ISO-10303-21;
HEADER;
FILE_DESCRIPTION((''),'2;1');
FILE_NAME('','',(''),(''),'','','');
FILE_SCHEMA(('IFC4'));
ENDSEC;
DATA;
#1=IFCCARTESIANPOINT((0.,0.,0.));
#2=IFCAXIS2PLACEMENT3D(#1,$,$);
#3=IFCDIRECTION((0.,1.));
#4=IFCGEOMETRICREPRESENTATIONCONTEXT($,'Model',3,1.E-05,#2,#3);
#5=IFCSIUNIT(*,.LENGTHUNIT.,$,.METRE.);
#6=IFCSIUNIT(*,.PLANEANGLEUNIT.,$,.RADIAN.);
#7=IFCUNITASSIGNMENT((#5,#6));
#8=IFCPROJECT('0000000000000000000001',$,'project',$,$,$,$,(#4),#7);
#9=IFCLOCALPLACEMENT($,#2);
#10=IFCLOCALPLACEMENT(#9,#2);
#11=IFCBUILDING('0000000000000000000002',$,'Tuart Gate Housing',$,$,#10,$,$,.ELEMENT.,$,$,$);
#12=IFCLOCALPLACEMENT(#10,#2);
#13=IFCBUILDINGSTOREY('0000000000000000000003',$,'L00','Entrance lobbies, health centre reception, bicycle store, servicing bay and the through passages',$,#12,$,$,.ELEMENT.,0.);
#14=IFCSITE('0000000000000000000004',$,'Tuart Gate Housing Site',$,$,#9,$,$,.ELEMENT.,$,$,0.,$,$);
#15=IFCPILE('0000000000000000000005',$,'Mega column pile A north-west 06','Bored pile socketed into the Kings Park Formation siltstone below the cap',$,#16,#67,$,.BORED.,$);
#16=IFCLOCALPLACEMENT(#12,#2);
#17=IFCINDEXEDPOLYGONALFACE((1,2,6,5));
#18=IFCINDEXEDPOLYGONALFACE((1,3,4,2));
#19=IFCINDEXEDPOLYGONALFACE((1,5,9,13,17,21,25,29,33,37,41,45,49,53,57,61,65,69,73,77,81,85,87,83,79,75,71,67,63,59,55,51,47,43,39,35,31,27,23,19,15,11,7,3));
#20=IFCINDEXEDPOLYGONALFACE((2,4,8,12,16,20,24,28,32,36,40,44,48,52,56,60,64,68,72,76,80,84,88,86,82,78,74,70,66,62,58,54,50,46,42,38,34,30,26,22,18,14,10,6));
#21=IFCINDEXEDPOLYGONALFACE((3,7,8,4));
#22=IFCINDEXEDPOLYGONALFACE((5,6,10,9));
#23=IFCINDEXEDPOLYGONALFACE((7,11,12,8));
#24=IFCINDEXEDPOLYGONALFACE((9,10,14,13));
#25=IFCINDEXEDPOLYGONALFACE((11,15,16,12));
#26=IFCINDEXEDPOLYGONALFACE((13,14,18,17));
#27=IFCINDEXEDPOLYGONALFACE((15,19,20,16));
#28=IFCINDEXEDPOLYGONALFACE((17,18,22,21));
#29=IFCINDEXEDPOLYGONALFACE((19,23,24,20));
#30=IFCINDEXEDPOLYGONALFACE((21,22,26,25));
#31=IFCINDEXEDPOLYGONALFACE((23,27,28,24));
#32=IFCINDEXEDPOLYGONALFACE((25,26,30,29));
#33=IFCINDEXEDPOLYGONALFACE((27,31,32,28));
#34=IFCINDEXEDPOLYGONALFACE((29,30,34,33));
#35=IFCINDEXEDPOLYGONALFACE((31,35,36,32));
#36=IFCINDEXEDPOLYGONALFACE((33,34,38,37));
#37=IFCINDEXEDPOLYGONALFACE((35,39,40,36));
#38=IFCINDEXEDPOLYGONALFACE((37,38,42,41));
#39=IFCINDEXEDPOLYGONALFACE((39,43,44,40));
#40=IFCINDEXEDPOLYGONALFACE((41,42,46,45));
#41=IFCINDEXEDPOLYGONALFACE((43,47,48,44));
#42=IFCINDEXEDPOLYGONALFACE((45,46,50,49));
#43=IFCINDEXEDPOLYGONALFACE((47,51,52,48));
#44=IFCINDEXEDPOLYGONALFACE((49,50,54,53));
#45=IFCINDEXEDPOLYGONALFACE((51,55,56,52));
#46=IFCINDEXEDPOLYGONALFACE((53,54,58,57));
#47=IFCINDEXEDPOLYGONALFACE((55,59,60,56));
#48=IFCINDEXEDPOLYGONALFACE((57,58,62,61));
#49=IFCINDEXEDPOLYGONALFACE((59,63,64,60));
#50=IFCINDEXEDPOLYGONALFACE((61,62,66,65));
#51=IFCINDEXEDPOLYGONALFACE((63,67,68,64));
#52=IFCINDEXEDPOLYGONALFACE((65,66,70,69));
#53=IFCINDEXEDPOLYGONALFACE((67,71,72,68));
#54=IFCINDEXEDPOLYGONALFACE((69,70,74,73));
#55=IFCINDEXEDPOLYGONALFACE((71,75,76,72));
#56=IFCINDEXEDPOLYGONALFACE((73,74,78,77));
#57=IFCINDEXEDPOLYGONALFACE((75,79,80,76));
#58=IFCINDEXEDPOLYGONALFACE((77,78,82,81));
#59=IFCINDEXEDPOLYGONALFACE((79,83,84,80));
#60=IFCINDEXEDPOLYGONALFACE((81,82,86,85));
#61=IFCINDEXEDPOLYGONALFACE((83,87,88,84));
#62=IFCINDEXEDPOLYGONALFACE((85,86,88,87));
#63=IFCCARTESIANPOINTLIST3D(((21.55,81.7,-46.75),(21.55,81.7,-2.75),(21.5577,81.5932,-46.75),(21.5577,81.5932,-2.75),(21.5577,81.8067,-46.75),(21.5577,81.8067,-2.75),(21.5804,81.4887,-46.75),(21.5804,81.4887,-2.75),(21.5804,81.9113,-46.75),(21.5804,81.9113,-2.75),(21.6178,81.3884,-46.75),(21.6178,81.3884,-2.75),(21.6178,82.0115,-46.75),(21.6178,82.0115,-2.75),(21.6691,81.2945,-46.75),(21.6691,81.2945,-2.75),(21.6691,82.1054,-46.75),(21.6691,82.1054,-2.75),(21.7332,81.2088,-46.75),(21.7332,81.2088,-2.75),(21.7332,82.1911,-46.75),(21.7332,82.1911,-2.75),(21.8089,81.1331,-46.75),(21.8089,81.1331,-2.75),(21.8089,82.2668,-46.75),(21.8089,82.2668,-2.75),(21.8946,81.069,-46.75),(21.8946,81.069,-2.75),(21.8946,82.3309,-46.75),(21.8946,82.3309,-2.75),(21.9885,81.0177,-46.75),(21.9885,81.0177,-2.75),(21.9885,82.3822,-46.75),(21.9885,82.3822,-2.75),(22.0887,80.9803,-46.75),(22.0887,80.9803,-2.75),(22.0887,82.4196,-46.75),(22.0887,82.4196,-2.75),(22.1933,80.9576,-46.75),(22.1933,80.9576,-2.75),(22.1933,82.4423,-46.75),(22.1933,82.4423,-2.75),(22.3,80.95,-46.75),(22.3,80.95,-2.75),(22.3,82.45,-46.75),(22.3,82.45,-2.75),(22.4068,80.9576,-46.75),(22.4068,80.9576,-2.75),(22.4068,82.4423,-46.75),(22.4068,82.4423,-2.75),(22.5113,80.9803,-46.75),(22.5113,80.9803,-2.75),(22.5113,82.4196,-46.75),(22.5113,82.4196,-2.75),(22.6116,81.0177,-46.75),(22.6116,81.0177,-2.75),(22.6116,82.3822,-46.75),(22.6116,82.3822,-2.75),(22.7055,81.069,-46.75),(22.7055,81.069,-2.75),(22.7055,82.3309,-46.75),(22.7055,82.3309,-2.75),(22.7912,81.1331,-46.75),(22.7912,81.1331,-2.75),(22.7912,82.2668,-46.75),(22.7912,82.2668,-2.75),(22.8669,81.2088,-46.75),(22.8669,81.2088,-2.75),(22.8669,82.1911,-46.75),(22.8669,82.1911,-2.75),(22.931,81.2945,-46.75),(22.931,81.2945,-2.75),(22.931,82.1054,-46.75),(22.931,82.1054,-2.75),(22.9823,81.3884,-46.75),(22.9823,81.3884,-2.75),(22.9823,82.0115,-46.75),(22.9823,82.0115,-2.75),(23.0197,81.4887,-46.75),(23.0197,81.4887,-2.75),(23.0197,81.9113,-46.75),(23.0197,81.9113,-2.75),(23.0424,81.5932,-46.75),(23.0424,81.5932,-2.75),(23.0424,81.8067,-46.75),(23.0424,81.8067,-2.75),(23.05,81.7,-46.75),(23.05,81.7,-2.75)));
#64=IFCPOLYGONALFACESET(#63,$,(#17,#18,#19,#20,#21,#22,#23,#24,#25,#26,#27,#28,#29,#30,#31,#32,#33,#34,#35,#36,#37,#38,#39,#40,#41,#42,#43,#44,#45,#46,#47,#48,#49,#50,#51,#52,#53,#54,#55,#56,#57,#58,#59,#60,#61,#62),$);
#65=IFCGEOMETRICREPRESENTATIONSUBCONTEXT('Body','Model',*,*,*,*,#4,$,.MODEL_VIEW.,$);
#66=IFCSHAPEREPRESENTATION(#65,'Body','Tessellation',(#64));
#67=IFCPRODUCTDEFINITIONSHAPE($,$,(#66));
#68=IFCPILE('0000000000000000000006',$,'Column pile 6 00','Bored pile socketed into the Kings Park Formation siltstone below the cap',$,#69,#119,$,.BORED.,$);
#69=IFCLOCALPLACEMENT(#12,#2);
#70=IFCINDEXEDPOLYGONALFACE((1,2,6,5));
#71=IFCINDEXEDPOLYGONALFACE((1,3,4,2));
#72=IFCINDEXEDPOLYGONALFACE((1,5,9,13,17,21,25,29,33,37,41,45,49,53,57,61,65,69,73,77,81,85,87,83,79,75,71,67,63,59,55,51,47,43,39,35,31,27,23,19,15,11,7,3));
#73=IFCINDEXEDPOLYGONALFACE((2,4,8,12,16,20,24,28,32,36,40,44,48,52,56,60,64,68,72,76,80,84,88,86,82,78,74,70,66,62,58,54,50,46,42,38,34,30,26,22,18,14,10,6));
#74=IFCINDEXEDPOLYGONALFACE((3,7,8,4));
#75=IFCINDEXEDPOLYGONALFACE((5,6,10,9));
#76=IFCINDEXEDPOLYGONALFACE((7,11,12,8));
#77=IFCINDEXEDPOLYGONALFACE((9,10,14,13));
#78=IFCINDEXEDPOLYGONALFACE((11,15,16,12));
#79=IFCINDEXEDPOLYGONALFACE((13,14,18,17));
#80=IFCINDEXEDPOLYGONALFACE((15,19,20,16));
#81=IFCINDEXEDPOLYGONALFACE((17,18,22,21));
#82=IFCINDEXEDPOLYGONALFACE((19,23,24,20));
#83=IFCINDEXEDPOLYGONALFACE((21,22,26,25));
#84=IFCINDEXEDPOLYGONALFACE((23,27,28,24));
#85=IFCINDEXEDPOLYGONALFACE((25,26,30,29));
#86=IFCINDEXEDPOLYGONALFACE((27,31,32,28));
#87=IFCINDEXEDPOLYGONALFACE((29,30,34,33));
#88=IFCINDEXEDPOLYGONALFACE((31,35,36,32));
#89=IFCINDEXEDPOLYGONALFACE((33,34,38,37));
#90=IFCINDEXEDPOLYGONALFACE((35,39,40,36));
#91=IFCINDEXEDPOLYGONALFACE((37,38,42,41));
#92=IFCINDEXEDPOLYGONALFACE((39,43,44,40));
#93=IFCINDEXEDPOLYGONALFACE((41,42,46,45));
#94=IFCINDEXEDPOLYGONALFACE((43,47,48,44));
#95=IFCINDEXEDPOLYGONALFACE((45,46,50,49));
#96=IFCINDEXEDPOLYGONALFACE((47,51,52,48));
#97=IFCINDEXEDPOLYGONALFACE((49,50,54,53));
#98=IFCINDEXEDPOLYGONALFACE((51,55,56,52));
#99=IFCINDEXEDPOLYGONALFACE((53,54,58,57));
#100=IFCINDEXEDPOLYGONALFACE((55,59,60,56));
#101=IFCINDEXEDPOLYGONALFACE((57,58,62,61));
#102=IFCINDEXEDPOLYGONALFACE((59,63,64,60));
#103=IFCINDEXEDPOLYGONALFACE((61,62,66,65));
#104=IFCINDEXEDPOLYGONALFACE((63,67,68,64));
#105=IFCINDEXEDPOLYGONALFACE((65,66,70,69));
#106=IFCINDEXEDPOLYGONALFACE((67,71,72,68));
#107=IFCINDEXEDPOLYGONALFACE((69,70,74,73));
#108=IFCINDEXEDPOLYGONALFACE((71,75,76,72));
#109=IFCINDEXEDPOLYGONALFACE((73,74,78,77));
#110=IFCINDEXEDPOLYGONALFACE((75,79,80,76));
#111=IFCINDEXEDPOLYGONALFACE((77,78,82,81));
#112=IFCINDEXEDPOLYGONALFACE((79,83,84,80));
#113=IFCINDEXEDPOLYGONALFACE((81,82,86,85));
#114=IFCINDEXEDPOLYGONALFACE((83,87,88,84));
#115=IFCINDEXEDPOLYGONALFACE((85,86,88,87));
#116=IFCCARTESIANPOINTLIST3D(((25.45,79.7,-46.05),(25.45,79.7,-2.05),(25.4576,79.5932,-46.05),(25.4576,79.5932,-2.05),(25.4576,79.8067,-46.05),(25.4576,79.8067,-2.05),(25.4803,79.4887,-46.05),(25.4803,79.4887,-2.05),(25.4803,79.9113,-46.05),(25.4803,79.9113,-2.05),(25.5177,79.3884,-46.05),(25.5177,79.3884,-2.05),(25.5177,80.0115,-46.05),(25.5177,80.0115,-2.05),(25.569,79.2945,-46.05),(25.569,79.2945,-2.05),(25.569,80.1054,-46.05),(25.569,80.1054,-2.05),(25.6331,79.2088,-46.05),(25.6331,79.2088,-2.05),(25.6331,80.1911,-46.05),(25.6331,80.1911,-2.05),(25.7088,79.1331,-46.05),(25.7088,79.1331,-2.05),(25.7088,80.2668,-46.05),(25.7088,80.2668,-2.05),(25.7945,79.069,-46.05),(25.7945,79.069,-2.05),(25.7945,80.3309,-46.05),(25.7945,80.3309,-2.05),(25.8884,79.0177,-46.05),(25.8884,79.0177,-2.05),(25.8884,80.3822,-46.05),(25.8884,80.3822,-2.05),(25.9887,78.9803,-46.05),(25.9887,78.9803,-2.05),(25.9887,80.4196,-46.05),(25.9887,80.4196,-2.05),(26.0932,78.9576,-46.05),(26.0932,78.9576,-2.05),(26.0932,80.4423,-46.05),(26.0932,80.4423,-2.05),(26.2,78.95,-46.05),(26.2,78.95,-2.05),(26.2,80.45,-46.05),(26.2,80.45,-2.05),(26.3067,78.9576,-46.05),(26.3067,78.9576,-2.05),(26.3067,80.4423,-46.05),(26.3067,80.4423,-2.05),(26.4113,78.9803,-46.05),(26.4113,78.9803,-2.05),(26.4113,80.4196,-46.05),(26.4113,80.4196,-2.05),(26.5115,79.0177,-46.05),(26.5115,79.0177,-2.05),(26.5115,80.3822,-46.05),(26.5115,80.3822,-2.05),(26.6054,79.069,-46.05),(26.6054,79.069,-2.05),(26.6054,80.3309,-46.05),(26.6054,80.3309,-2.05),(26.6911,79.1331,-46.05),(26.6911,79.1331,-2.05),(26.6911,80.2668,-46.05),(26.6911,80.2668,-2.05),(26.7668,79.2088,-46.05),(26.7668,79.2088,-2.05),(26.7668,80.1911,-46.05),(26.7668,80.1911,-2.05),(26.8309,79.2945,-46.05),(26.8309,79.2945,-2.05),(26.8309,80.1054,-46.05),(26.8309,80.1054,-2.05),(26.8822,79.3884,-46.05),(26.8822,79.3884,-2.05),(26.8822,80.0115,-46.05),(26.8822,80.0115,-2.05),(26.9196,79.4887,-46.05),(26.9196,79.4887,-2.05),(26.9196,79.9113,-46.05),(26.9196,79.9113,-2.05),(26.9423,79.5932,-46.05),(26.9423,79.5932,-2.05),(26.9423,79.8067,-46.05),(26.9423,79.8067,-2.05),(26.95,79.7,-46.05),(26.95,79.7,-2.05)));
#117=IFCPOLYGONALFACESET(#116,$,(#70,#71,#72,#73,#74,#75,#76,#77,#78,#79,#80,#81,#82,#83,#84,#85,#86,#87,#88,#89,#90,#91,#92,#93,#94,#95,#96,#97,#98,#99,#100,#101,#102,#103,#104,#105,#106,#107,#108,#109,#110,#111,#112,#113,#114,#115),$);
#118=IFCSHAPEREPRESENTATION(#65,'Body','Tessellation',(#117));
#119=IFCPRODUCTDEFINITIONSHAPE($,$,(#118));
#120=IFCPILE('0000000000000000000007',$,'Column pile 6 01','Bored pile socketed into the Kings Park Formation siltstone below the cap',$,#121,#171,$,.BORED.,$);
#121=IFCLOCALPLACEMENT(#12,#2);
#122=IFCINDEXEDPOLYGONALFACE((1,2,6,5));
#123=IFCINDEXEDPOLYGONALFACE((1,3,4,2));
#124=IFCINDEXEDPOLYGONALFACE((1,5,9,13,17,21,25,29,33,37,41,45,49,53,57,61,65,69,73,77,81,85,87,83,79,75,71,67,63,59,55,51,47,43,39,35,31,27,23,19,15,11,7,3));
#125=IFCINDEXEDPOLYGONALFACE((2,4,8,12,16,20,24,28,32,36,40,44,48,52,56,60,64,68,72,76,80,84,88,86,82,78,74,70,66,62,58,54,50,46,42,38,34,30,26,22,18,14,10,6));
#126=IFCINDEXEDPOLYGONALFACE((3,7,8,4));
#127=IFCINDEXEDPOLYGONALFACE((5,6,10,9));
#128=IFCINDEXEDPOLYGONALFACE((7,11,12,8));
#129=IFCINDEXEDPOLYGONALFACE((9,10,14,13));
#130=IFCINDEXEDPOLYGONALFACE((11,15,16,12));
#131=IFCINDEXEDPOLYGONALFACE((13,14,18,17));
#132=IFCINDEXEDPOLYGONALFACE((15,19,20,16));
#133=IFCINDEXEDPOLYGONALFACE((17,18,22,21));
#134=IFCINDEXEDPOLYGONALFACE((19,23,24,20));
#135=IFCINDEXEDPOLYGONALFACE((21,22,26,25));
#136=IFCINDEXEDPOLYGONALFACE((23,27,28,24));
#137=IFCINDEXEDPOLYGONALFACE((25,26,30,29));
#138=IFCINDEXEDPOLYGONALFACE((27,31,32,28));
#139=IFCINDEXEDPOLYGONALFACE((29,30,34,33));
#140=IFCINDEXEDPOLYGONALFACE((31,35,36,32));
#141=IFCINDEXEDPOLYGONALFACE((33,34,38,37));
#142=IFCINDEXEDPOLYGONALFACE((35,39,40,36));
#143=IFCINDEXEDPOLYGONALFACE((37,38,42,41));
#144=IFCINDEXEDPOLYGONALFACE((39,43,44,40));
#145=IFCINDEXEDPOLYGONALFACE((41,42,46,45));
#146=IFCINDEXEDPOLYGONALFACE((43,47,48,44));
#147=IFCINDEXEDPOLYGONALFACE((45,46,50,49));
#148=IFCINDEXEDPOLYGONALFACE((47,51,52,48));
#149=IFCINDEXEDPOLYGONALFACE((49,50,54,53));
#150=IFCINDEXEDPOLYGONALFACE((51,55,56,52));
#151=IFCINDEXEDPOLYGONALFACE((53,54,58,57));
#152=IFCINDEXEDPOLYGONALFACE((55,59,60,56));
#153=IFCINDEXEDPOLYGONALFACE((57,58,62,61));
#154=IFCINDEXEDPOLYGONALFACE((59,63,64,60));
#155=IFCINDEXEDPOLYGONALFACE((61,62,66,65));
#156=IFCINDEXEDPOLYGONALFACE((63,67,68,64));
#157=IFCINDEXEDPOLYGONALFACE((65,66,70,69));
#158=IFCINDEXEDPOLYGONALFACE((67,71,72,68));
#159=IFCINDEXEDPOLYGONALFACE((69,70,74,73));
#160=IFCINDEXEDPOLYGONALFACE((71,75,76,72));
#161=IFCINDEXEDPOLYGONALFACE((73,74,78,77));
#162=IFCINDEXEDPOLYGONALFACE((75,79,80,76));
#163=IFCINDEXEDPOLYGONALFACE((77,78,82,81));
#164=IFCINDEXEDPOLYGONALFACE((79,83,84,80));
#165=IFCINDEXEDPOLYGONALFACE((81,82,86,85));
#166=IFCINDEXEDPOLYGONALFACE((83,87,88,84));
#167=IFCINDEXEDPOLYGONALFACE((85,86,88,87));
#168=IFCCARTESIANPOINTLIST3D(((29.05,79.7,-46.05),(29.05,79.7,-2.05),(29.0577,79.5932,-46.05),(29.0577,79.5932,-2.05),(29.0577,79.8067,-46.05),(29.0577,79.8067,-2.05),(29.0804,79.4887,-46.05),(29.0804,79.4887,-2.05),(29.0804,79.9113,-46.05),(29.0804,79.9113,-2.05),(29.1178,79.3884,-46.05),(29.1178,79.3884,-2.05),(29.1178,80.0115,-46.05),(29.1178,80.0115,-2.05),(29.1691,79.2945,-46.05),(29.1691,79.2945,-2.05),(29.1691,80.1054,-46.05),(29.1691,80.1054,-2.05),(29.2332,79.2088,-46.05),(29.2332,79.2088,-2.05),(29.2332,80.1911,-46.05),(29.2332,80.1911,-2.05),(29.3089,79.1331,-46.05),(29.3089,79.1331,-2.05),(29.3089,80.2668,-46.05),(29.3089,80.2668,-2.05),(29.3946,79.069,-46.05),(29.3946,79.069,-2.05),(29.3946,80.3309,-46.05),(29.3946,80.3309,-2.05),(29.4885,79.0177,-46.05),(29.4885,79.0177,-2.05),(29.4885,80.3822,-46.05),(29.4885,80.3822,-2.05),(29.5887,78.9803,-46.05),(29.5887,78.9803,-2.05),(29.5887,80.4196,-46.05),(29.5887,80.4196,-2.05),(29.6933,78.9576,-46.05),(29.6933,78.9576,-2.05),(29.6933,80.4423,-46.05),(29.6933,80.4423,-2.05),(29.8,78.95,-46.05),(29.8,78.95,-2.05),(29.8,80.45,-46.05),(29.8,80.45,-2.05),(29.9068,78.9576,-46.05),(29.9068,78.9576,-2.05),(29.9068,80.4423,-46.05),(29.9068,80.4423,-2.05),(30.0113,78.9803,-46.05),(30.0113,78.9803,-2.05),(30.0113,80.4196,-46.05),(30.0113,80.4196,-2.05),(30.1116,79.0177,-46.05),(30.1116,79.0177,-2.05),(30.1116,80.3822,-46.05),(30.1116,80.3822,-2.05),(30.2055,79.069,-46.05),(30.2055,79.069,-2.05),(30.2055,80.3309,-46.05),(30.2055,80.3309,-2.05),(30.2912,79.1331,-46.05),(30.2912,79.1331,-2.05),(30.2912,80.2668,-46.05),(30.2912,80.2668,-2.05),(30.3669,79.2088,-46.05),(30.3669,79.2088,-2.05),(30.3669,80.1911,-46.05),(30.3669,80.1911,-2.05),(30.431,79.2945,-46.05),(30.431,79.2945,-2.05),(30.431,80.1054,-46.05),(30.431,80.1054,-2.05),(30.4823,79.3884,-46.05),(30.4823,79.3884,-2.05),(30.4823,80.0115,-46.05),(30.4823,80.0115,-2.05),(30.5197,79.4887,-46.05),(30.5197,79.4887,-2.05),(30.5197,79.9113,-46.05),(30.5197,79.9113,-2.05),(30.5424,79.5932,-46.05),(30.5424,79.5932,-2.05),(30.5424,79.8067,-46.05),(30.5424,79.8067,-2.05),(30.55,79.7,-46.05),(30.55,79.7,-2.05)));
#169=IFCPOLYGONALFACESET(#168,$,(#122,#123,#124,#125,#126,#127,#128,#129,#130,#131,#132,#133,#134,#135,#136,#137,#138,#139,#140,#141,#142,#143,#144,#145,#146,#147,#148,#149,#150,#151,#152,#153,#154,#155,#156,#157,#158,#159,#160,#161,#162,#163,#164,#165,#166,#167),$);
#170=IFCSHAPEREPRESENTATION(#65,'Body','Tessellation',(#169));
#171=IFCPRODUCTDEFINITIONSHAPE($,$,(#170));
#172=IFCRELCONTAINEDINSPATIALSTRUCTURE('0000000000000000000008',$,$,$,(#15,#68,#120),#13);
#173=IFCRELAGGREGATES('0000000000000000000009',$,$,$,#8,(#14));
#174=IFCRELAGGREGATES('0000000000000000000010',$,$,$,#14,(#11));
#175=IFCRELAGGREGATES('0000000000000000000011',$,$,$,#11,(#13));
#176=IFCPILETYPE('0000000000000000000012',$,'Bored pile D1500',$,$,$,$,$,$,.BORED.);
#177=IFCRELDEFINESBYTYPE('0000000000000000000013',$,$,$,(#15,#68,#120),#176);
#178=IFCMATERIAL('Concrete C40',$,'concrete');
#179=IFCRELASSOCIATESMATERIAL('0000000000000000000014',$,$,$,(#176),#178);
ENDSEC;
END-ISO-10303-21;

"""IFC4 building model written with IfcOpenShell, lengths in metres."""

from ifc_helpers import new_model, si_unit, direction, frame, origin, origin_2d, place, context, subcontext, project, spatial, circle, extrude, material, material_profile, profile_set, type_object, element, save


model = new_model("IFC4")

# Units and contexts
model_context = context("Model", 3, precision=1e-05, world=origin(), true_north=direction((0.0, 1.0)))
body_context = subcontext(model_context, "Body", "Model", "MODEL_VIEW")
ifc_project = project(units=[si_unit("LENGTHUNIT", "METRE"), si_unit("PLANEANGLEUNIT", "RADIAN")], contexts=[model_context])

# Site, building, storey
site_placement = place(None, origin())
site = spatial("IfcSite", under=ifc_project, at=site_placement, Name="Tuart Gate Housing Site", CompositionType="ELEMENT", RefElevation=0.0)
building_placement = place(site_placement, origin())
building = spatial("IfcBuilding", under=site, at=building_placement, Name="Tuart Gate Housing", CompositionType="ELEMENT")
storey_placement = place(building_placement, origin())
storey = spatial("IfcBuildingStorey", under=building, at=storey_placement, Name="L00", Description="Entrance lobbies, health centre reception, bicycle store, servicing bay and the through passages", CompositionType="ELEMENT", Elevation=0.0)

# Piles
ifc_material_1 = material(Name="Concrete C40", Category="concrete")
ifc_material_profile_1 = material_profile(ifc_material_1, circle(Radius=0.75, at=origin_2d()), Name="Bored pile D1500")
ifc_profile_set_1 = profile_set([ifc_material_profile_1], Name="Concrete C40")
pile_type = type_object("IfcPileType", Name="Bored pile D1500", PredefinedType="BORED", material=ifc_profile_set_1)
for number, where, z_axis, x_axis, name in (
    (1, (22.3, 81.7, -2.75), (0.0, 0.0, -1.0), (1.0, 0.0, 0.0), "Mega column pile A north-west 06"),
    (2, (26.2, 79.7, -2.05), (0.0, 0.0, -1.0), (1.0, 0.0, 0.0), "Column pile 6 00"),
    (3, (29.8, 79.7, -2.05), (0.0, 0.0, -1.0), (1.0, 0.0, 0.0), "Column pile 6 01"),
):
    element("IfcPile", number, at=place(storey_placement, frame(where, z_axis=z_axis, x_axis=x_axis)), inside=storey, type_object=pile_type, Name=name, Description="Bored pile socketed into the Kings Park Formation siltstone below the cap", PredefinedType="BORED", context=body_context, shape_type="SweptSolid", body=[
        extrude(circle(Radius=0.75, at=origin_2d()), origin(), (0.0, 0.0, 1.0), 44.0),
    ])

save(model, "model.ifc")
